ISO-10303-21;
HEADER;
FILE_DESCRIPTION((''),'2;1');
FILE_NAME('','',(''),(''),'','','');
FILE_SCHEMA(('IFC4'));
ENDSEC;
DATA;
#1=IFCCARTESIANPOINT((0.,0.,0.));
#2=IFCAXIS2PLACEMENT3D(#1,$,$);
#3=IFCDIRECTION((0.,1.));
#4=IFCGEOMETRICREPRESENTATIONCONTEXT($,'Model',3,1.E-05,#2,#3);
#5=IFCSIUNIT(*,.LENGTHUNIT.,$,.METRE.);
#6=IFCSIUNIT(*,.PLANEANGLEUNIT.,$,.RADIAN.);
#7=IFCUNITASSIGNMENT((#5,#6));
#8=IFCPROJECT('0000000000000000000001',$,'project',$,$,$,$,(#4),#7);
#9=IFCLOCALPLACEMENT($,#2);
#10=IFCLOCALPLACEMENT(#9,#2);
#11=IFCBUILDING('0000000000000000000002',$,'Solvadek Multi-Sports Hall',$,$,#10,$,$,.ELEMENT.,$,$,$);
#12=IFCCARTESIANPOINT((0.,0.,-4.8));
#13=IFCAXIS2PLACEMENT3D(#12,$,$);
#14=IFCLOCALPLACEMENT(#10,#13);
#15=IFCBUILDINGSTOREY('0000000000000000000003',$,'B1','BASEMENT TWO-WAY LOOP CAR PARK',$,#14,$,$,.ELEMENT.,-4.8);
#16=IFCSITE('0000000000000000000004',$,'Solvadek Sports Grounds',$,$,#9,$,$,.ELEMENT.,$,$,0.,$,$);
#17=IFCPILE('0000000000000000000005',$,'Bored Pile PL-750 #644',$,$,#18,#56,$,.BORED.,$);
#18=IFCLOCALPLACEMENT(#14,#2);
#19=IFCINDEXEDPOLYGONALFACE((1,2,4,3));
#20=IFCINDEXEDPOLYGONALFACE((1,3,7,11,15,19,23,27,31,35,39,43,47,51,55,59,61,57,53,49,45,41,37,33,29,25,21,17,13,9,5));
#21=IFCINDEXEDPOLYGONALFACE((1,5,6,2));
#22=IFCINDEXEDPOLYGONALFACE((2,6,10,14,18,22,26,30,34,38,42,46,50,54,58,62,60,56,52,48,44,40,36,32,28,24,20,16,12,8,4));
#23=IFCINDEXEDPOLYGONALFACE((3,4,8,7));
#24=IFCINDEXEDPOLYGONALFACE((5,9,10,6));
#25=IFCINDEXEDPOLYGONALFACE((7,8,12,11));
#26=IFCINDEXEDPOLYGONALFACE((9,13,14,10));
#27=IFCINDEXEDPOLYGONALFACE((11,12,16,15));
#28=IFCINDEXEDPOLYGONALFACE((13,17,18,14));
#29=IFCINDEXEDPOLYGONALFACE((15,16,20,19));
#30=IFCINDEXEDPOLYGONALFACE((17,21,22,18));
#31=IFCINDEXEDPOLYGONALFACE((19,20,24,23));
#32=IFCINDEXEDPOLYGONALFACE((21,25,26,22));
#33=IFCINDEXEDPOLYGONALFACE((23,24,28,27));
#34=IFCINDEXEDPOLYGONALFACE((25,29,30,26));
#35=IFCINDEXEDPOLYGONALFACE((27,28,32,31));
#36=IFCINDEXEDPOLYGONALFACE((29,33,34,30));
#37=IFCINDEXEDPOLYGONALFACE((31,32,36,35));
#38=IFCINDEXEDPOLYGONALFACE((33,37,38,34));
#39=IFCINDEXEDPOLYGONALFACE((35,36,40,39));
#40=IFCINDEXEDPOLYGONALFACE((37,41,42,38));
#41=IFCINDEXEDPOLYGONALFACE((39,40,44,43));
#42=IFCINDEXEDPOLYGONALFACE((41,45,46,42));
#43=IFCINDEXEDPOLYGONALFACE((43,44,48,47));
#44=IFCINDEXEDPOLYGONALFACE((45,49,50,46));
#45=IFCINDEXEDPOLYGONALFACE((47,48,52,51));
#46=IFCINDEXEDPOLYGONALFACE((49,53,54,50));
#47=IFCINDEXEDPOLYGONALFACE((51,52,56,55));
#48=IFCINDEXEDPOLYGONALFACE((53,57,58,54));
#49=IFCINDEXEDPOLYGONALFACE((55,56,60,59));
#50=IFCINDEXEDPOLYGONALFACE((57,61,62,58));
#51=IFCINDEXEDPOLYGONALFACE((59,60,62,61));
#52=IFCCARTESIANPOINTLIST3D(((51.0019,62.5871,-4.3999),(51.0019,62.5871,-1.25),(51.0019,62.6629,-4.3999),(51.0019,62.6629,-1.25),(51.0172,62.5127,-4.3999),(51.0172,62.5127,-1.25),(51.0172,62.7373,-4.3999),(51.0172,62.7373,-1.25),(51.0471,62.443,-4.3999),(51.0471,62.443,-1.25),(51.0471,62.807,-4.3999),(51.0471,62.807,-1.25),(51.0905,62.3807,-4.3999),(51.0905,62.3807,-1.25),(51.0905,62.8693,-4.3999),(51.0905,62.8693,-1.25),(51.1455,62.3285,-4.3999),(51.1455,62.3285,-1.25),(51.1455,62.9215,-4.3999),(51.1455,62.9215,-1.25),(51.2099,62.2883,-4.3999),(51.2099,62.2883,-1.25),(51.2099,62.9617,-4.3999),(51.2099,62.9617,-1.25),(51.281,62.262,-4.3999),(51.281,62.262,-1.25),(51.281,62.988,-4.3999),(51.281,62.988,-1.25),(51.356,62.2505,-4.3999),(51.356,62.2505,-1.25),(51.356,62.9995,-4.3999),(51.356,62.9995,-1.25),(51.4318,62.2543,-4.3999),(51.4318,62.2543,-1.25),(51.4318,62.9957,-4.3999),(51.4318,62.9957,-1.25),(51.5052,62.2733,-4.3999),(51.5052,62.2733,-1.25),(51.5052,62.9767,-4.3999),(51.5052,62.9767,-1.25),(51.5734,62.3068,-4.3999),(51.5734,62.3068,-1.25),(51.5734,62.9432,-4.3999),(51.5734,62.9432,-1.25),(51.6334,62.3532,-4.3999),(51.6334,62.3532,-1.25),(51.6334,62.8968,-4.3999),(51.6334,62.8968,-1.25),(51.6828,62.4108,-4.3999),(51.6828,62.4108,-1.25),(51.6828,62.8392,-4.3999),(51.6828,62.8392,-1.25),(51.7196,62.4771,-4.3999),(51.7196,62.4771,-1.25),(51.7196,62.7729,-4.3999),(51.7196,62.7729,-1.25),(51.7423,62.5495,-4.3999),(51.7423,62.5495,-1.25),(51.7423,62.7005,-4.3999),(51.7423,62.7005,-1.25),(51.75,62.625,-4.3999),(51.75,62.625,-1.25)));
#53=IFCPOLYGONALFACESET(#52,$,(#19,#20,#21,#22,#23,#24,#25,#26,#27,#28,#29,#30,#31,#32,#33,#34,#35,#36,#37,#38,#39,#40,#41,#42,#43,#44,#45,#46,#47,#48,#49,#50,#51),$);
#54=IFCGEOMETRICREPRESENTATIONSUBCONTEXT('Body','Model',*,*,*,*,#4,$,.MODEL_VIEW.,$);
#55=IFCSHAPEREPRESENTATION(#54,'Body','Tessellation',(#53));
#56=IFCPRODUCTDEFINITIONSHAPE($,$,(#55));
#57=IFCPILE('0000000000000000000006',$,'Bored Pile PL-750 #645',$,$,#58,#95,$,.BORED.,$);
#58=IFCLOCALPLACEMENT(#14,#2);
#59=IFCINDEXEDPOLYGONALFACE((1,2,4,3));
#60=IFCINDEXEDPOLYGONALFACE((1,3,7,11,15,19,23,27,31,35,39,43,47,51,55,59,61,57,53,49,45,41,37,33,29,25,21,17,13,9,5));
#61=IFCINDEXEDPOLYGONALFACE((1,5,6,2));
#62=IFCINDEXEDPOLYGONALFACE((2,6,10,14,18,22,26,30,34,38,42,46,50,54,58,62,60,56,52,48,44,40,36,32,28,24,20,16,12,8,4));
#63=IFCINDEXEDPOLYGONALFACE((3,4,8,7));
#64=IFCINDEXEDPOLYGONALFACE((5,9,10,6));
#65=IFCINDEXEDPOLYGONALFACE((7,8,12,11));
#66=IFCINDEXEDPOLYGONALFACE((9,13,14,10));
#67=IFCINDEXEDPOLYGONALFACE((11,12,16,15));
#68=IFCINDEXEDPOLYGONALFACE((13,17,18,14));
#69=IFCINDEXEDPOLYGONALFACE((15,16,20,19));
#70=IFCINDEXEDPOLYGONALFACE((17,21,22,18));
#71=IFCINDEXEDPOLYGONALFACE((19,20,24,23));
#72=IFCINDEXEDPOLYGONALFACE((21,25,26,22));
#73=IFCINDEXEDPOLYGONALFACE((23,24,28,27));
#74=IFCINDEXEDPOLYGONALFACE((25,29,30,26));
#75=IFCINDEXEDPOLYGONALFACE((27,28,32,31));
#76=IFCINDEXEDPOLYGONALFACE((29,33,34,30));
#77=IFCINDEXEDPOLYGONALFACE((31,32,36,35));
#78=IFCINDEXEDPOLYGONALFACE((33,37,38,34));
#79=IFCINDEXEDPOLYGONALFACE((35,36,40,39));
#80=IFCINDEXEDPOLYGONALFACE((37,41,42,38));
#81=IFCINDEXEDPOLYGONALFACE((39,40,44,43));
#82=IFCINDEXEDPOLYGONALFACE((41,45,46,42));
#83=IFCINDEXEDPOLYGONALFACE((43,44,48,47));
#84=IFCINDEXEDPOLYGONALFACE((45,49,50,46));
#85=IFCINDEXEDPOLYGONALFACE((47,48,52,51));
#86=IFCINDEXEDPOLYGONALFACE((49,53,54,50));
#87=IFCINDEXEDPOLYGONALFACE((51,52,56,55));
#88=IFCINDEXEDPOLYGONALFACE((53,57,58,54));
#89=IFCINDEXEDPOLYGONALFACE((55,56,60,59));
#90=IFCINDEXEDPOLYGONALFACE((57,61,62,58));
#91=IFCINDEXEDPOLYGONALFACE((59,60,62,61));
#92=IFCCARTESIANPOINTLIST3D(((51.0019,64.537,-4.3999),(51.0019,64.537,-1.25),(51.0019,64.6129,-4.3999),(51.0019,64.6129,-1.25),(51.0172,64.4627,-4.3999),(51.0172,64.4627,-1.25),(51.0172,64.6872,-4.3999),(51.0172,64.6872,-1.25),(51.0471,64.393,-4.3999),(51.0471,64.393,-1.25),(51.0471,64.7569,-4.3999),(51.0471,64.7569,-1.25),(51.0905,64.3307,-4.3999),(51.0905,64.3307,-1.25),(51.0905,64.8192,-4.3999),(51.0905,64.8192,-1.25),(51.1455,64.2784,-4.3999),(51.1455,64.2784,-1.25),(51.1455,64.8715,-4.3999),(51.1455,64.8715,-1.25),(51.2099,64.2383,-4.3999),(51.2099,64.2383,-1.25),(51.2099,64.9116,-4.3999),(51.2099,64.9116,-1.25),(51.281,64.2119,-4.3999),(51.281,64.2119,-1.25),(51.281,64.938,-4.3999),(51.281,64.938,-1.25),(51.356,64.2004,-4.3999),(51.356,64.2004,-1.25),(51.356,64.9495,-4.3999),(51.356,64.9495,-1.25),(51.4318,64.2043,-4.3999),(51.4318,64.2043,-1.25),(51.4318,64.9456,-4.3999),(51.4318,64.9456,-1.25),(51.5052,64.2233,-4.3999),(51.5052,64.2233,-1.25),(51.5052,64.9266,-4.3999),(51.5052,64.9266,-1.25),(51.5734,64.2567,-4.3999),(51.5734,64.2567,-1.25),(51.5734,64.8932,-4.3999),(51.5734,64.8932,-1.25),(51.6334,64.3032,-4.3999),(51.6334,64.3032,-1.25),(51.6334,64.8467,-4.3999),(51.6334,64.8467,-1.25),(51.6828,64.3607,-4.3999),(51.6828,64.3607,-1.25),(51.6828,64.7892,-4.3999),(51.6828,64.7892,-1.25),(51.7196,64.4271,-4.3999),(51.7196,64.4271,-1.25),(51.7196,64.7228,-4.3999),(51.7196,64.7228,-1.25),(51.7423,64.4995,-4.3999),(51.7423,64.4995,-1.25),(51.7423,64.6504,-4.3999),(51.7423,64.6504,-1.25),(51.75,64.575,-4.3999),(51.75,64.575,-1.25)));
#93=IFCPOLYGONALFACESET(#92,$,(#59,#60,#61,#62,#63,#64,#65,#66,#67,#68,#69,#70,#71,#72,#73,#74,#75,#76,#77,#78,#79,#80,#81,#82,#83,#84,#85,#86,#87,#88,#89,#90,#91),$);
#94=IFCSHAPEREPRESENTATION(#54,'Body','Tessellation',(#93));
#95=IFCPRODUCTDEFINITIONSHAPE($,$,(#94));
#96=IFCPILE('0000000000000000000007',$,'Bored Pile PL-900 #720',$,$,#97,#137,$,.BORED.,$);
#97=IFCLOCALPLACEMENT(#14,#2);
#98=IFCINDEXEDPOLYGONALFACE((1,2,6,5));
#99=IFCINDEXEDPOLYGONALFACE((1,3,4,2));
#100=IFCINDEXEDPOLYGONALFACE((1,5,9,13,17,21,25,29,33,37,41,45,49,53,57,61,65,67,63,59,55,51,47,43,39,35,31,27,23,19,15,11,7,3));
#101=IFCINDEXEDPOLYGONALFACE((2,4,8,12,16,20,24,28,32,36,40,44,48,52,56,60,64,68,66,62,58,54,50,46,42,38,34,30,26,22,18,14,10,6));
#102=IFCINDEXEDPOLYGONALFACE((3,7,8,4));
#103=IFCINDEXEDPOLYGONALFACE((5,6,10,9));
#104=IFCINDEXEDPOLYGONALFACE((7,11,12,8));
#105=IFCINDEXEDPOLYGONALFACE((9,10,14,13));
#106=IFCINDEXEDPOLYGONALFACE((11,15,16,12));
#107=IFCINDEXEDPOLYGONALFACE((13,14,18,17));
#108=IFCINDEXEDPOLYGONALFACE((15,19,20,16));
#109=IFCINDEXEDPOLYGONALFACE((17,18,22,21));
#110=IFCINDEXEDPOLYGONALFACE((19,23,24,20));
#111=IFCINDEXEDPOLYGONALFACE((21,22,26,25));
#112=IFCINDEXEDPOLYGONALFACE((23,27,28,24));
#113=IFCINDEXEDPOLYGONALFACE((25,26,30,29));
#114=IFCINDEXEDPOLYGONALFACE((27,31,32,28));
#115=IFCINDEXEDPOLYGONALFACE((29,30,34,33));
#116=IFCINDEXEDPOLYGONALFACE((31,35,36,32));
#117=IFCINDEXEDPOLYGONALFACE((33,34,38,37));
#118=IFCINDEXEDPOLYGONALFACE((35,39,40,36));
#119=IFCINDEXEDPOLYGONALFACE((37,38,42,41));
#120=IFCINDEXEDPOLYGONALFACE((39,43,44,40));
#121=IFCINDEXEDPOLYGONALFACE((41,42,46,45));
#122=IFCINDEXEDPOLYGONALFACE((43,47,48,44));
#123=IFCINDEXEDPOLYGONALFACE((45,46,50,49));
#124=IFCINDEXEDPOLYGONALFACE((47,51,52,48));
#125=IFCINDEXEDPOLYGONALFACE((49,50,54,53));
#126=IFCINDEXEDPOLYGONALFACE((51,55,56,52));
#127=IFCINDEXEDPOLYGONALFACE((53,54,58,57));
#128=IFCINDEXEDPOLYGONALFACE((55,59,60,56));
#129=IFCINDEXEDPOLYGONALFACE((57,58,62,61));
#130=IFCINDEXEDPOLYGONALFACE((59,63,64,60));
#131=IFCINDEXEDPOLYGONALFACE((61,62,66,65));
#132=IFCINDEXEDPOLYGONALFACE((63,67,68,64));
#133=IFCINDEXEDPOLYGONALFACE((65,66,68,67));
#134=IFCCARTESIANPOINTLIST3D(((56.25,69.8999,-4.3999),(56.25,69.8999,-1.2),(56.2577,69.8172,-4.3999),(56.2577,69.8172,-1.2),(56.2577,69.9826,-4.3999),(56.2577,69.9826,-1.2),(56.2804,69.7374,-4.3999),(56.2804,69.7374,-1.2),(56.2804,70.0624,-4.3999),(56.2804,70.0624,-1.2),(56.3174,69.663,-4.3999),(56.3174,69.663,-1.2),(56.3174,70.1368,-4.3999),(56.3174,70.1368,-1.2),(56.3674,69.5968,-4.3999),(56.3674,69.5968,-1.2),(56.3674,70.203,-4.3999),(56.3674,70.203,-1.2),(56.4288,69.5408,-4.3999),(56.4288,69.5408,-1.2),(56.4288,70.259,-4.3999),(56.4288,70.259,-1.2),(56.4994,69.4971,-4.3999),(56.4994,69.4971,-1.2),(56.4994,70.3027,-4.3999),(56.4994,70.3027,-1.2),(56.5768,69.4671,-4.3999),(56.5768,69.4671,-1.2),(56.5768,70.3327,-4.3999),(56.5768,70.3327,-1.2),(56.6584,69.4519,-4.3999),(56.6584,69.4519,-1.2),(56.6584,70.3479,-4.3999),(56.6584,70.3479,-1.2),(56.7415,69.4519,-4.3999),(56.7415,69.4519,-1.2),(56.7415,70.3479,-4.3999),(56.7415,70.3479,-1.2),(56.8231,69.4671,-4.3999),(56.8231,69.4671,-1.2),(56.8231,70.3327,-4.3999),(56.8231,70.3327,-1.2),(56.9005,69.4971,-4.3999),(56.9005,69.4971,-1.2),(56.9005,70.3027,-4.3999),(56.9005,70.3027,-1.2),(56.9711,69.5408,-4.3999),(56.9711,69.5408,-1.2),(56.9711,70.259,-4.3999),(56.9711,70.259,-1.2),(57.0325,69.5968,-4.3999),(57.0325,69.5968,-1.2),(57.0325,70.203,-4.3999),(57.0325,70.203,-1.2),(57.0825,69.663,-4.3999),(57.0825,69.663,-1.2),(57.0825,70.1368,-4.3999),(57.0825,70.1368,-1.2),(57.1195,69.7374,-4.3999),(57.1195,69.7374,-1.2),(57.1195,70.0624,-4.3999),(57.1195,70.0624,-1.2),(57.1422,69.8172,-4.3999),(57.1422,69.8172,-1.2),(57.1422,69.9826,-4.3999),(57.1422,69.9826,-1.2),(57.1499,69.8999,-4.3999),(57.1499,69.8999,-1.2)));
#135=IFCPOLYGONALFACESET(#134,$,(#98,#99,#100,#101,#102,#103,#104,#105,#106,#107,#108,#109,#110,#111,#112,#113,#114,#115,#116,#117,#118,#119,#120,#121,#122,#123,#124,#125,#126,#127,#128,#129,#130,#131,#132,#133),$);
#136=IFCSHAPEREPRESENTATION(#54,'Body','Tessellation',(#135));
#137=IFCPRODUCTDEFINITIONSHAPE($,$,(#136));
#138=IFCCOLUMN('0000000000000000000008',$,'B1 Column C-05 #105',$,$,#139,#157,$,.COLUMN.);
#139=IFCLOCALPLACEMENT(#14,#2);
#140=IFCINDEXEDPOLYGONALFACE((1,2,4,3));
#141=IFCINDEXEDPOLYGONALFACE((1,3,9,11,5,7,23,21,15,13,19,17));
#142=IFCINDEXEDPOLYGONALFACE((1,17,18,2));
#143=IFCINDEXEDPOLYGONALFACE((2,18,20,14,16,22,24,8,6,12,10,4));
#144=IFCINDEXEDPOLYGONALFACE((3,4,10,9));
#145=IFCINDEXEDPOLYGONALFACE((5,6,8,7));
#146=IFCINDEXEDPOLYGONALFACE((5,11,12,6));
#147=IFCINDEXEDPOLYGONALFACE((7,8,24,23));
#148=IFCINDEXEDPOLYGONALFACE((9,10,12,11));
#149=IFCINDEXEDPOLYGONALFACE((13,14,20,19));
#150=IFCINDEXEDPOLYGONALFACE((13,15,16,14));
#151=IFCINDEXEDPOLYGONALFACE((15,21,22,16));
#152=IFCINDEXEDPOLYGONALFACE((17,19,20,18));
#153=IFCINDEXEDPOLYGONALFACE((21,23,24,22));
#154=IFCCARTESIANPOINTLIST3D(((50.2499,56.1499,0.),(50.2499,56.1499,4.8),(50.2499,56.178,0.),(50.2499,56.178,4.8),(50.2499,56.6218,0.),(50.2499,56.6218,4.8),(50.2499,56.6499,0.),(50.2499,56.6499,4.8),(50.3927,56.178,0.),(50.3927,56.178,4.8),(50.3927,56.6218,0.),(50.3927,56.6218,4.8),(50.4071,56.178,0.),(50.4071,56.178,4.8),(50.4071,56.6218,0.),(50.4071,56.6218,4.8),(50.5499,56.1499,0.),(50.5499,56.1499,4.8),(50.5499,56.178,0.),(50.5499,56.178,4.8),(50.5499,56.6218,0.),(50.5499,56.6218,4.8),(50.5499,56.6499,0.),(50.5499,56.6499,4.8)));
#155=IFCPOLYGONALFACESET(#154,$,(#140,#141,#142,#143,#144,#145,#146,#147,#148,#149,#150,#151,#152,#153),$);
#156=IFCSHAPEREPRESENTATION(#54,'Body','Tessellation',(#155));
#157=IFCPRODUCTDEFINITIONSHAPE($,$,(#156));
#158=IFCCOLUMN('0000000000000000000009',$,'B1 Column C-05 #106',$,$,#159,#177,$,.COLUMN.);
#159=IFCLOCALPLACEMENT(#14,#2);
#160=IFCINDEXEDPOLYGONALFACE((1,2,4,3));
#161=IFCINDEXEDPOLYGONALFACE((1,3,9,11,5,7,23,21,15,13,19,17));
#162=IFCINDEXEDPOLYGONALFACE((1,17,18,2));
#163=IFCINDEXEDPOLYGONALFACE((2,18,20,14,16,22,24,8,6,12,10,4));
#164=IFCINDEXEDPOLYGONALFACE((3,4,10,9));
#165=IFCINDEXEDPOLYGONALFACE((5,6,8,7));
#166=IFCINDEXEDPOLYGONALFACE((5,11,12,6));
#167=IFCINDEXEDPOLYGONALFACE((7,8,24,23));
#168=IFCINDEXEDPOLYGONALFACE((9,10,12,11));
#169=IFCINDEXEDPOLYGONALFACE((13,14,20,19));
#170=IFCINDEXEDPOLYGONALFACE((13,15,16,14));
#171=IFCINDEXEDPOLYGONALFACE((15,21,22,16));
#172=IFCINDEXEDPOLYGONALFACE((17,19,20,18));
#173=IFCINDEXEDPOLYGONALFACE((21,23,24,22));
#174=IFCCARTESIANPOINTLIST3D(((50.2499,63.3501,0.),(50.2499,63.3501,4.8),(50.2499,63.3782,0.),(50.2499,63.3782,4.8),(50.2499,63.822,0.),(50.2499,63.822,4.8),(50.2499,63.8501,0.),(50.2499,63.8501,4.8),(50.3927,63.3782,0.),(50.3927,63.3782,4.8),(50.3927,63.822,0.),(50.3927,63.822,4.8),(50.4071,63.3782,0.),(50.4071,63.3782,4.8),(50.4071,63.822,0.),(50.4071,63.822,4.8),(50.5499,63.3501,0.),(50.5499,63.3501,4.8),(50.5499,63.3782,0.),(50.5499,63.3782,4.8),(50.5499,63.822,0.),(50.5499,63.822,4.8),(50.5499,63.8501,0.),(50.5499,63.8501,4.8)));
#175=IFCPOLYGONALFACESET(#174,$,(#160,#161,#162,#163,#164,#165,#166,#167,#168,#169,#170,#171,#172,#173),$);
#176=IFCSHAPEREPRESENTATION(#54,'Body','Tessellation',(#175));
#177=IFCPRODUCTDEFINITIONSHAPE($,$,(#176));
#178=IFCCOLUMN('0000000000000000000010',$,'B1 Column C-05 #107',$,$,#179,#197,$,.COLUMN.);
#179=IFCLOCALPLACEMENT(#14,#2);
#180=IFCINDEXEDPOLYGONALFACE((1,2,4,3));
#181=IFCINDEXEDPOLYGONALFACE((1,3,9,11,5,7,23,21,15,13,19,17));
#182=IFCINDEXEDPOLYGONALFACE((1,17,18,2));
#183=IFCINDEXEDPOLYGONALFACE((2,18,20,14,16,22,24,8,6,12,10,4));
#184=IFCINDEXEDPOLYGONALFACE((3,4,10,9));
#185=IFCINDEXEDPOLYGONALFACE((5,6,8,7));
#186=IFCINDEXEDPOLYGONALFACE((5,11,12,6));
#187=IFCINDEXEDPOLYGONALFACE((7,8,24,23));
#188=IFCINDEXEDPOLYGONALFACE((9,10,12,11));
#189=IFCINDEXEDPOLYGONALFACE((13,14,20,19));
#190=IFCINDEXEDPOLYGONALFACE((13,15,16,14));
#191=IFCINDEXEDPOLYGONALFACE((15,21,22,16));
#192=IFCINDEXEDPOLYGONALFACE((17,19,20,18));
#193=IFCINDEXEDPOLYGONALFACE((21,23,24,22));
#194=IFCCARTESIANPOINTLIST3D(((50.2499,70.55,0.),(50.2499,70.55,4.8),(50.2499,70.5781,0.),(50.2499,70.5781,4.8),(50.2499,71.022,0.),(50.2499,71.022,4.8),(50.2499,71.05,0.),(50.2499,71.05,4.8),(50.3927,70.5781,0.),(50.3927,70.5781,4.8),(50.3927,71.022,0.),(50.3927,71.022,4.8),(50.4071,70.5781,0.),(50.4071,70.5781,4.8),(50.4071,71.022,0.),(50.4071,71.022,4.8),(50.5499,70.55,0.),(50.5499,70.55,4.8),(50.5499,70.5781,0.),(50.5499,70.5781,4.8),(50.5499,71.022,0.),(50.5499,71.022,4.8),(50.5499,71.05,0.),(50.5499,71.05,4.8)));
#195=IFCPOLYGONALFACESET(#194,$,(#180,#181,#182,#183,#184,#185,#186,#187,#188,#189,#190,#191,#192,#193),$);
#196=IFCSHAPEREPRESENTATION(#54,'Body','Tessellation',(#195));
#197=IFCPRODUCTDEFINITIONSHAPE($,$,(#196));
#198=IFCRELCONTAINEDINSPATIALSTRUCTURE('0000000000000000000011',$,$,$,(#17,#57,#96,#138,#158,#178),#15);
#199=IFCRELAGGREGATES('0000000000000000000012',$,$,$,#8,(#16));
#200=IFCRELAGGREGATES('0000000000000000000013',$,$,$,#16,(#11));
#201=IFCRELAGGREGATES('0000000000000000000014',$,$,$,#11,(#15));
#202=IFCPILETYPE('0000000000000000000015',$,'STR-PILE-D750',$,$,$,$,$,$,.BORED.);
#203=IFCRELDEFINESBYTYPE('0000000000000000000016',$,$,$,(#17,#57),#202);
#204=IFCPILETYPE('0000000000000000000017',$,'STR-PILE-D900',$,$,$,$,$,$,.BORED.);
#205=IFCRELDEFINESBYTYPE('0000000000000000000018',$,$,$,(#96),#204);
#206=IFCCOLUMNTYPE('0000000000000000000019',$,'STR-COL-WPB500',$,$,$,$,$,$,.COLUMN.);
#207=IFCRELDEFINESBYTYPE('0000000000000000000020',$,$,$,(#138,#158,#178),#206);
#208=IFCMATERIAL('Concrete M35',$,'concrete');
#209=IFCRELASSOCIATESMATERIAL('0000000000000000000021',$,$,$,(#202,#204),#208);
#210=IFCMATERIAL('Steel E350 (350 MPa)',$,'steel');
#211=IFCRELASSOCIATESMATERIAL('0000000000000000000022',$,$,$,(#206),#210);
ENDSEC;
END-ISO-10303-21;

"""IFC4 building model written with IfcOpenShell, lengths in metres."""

from ifc_helpers import new_model, si_unit, direction, frame, origin, origin_2d, place, context, subcontext, project, spatial, circle, i_section, extrude, material, material_profile, profile_set, type_object, element, save


model = new_model("IFC4")

# Units and contexts
model_context = context("Model", 3, precision=1e-05, world=origin(), true_north=direction((0.0, 1.0)))
body_context = subcontext(model_context, "Body", "Model", "MODEL_VIEW")
ifc_project = project(units=[si_unit("LENGTHUNIT", "METRE"), si_unit("PLANEANGLEUNIT", "RADIAN")], contexts=[model_context])

# Site, building, storey
site_placement = place(None, origin())
site = spatial("IfcSite", under=ifc_project, at=site_placement, Name="Solvadek Sports Grounds", CompositionType="ELEMENT", RefElevation=0.0)
building_placement = place(site_placement, origin())
building = spatial("IfcBuilding", under=site, at=building_placement, Name="Solvadek Multi-Sports Hall", CompositionType="ELEMENT")
storey_placement = place(building_placement, frame((0.0, 0.0, -4.8)))
storey = spatial("IfcBuildingStorey", under=building, at=storey_placement, Name="B1", Description="BASEMENT TWO-WAY LOOP CAR PARK", CompositionType="ELEMENT", Elevation=-4.8)

# Piles
ifc_material_1 = material(Name="Concrete M35", Category="concrete")
ifc_material_profile_1 = material_profile(ifc_material_1, circle(Radius=0.375, at=origin_2d()), Name="BORED PILE D750")
ifc_profile_set_1 = profile_set([ifc_material_profile_1], Name="Concrete M35")
pile_type_1 = type_object("IfcPileType", Name="STR-PILE-D750", PredefinedType="BORED", material=ifc_profile_set_1)
for number, where, z_axis, x_axis, name in (
    (1, (51.375, 62.625, -1.25), (0.0, 0.0, -1.0), (1.0, 0.0, 0.0), "Bored Pile PL-750 #644"),
    (2, (51.375, 64.575, -1.25), (0.0, 0.0, -1.0), (1.0, 0.0, 0.0), "Bored Pile PL-750 #645"),
):
    element("IfcPile", number, at=place(storey_placement, frame(where, z_axis=z_axis, x_axis=x_axis)), inside=storey, type_object=pile_type_1, Name=name, PredefinedType="BORED", context=body_context, shape_type="SweptSolid", body=[
        extrude(circle(Radius=0.375, at=origin_2d()), origin(), (0.0, 0.0, 1.0), 3.1499),
    ])
ifc_material_profile_2 = material_profile(ifc_material_1, circle(Radius=0.45, at=origin_2d()), Name="BORED PILE D900")
ifc_profile_set_2 = profile_set([ifc_material_profile_2], Name="Concrete M35")
pile_type_2 = type_object("IfcPileType", Name="STR-PILE-D900", PredefinedType="BORED", material=ifc_profile_set_2)
pile_placement = place(storey_placement, frame((56.7, 69.8999, -1.2), z_axis=(0.0, 0.0, -1.0), x_axis=(1.0, 0.0, 0.0)))
element("IfcPile", 3, at=pile_placement, inside=storey, type_object=pile_type_2, Name="Bored Pile PL-900 #720", PredefinedType="BORED", context=body_context, shape_type="SweptSolid", body=[
    extrude(circle(Radius=0.45, at=origin_2d()), origin(), (0.0, 0.0, 1.0), 3.2),
])

# Columns
ifc_material_2 = material(Name="Steel E350 (350 MPa)", Category="steel")
ifc_material_profile_3 = material_profile(ifc_material_2, i_section(OverallWidth=0.3, OverallDepth=0.5, WebThickness=0.0144, FlangeThickness=0.0281, at=origin_2d()), Name="WPB 500")
ifc_profile_set_3 = profile_set([ifc_material_profile_3], Name="Steel E350 (350 MPa)")
column_type = type_object("IfcColumnType", Name="STR-COL-WPB500", PredefinedType="COLUMN", material=ifc_profile_set_3)
for number, where, z_axis, x_axis, name in (
    (4, (50.3999, 56.3999, 0.0), (0.0, 0.0, 1.0), (1.0, 0.0, 0.0), "B1 Column C-05 #105"),
    (5, (50.3999, 63.6001, 0.0), (0.0, 0.0, 1.0), (1.0, 0.0, 0.0), "B1 Column C-05 #106"),
    (6, (50.3999, 70.8, 0.0), (0.0, 0.0, 1.0), (1.0, 0.0, 0.0), "B1 Column C-05 #107"),
):
    element("IfcColumn", number, at=place(storey_placement, frame(where, z_axis=z_axis, x_axis=x_axis)), inside=storey, type_object=column_type, Name=name, PredefinedType="COLUMN", context=body_context, shape_type="SweptSolid", body=[
        extrude(i_section(OverallWidth=0.3, OverallDepth=0.5, WebThickness=0.0144, FlangeThickness=0.0281, at=origin_2d()), origin(), (0.0, 0.0, 1.0), 4.8),
    ])

save(model, "model.ifc")
